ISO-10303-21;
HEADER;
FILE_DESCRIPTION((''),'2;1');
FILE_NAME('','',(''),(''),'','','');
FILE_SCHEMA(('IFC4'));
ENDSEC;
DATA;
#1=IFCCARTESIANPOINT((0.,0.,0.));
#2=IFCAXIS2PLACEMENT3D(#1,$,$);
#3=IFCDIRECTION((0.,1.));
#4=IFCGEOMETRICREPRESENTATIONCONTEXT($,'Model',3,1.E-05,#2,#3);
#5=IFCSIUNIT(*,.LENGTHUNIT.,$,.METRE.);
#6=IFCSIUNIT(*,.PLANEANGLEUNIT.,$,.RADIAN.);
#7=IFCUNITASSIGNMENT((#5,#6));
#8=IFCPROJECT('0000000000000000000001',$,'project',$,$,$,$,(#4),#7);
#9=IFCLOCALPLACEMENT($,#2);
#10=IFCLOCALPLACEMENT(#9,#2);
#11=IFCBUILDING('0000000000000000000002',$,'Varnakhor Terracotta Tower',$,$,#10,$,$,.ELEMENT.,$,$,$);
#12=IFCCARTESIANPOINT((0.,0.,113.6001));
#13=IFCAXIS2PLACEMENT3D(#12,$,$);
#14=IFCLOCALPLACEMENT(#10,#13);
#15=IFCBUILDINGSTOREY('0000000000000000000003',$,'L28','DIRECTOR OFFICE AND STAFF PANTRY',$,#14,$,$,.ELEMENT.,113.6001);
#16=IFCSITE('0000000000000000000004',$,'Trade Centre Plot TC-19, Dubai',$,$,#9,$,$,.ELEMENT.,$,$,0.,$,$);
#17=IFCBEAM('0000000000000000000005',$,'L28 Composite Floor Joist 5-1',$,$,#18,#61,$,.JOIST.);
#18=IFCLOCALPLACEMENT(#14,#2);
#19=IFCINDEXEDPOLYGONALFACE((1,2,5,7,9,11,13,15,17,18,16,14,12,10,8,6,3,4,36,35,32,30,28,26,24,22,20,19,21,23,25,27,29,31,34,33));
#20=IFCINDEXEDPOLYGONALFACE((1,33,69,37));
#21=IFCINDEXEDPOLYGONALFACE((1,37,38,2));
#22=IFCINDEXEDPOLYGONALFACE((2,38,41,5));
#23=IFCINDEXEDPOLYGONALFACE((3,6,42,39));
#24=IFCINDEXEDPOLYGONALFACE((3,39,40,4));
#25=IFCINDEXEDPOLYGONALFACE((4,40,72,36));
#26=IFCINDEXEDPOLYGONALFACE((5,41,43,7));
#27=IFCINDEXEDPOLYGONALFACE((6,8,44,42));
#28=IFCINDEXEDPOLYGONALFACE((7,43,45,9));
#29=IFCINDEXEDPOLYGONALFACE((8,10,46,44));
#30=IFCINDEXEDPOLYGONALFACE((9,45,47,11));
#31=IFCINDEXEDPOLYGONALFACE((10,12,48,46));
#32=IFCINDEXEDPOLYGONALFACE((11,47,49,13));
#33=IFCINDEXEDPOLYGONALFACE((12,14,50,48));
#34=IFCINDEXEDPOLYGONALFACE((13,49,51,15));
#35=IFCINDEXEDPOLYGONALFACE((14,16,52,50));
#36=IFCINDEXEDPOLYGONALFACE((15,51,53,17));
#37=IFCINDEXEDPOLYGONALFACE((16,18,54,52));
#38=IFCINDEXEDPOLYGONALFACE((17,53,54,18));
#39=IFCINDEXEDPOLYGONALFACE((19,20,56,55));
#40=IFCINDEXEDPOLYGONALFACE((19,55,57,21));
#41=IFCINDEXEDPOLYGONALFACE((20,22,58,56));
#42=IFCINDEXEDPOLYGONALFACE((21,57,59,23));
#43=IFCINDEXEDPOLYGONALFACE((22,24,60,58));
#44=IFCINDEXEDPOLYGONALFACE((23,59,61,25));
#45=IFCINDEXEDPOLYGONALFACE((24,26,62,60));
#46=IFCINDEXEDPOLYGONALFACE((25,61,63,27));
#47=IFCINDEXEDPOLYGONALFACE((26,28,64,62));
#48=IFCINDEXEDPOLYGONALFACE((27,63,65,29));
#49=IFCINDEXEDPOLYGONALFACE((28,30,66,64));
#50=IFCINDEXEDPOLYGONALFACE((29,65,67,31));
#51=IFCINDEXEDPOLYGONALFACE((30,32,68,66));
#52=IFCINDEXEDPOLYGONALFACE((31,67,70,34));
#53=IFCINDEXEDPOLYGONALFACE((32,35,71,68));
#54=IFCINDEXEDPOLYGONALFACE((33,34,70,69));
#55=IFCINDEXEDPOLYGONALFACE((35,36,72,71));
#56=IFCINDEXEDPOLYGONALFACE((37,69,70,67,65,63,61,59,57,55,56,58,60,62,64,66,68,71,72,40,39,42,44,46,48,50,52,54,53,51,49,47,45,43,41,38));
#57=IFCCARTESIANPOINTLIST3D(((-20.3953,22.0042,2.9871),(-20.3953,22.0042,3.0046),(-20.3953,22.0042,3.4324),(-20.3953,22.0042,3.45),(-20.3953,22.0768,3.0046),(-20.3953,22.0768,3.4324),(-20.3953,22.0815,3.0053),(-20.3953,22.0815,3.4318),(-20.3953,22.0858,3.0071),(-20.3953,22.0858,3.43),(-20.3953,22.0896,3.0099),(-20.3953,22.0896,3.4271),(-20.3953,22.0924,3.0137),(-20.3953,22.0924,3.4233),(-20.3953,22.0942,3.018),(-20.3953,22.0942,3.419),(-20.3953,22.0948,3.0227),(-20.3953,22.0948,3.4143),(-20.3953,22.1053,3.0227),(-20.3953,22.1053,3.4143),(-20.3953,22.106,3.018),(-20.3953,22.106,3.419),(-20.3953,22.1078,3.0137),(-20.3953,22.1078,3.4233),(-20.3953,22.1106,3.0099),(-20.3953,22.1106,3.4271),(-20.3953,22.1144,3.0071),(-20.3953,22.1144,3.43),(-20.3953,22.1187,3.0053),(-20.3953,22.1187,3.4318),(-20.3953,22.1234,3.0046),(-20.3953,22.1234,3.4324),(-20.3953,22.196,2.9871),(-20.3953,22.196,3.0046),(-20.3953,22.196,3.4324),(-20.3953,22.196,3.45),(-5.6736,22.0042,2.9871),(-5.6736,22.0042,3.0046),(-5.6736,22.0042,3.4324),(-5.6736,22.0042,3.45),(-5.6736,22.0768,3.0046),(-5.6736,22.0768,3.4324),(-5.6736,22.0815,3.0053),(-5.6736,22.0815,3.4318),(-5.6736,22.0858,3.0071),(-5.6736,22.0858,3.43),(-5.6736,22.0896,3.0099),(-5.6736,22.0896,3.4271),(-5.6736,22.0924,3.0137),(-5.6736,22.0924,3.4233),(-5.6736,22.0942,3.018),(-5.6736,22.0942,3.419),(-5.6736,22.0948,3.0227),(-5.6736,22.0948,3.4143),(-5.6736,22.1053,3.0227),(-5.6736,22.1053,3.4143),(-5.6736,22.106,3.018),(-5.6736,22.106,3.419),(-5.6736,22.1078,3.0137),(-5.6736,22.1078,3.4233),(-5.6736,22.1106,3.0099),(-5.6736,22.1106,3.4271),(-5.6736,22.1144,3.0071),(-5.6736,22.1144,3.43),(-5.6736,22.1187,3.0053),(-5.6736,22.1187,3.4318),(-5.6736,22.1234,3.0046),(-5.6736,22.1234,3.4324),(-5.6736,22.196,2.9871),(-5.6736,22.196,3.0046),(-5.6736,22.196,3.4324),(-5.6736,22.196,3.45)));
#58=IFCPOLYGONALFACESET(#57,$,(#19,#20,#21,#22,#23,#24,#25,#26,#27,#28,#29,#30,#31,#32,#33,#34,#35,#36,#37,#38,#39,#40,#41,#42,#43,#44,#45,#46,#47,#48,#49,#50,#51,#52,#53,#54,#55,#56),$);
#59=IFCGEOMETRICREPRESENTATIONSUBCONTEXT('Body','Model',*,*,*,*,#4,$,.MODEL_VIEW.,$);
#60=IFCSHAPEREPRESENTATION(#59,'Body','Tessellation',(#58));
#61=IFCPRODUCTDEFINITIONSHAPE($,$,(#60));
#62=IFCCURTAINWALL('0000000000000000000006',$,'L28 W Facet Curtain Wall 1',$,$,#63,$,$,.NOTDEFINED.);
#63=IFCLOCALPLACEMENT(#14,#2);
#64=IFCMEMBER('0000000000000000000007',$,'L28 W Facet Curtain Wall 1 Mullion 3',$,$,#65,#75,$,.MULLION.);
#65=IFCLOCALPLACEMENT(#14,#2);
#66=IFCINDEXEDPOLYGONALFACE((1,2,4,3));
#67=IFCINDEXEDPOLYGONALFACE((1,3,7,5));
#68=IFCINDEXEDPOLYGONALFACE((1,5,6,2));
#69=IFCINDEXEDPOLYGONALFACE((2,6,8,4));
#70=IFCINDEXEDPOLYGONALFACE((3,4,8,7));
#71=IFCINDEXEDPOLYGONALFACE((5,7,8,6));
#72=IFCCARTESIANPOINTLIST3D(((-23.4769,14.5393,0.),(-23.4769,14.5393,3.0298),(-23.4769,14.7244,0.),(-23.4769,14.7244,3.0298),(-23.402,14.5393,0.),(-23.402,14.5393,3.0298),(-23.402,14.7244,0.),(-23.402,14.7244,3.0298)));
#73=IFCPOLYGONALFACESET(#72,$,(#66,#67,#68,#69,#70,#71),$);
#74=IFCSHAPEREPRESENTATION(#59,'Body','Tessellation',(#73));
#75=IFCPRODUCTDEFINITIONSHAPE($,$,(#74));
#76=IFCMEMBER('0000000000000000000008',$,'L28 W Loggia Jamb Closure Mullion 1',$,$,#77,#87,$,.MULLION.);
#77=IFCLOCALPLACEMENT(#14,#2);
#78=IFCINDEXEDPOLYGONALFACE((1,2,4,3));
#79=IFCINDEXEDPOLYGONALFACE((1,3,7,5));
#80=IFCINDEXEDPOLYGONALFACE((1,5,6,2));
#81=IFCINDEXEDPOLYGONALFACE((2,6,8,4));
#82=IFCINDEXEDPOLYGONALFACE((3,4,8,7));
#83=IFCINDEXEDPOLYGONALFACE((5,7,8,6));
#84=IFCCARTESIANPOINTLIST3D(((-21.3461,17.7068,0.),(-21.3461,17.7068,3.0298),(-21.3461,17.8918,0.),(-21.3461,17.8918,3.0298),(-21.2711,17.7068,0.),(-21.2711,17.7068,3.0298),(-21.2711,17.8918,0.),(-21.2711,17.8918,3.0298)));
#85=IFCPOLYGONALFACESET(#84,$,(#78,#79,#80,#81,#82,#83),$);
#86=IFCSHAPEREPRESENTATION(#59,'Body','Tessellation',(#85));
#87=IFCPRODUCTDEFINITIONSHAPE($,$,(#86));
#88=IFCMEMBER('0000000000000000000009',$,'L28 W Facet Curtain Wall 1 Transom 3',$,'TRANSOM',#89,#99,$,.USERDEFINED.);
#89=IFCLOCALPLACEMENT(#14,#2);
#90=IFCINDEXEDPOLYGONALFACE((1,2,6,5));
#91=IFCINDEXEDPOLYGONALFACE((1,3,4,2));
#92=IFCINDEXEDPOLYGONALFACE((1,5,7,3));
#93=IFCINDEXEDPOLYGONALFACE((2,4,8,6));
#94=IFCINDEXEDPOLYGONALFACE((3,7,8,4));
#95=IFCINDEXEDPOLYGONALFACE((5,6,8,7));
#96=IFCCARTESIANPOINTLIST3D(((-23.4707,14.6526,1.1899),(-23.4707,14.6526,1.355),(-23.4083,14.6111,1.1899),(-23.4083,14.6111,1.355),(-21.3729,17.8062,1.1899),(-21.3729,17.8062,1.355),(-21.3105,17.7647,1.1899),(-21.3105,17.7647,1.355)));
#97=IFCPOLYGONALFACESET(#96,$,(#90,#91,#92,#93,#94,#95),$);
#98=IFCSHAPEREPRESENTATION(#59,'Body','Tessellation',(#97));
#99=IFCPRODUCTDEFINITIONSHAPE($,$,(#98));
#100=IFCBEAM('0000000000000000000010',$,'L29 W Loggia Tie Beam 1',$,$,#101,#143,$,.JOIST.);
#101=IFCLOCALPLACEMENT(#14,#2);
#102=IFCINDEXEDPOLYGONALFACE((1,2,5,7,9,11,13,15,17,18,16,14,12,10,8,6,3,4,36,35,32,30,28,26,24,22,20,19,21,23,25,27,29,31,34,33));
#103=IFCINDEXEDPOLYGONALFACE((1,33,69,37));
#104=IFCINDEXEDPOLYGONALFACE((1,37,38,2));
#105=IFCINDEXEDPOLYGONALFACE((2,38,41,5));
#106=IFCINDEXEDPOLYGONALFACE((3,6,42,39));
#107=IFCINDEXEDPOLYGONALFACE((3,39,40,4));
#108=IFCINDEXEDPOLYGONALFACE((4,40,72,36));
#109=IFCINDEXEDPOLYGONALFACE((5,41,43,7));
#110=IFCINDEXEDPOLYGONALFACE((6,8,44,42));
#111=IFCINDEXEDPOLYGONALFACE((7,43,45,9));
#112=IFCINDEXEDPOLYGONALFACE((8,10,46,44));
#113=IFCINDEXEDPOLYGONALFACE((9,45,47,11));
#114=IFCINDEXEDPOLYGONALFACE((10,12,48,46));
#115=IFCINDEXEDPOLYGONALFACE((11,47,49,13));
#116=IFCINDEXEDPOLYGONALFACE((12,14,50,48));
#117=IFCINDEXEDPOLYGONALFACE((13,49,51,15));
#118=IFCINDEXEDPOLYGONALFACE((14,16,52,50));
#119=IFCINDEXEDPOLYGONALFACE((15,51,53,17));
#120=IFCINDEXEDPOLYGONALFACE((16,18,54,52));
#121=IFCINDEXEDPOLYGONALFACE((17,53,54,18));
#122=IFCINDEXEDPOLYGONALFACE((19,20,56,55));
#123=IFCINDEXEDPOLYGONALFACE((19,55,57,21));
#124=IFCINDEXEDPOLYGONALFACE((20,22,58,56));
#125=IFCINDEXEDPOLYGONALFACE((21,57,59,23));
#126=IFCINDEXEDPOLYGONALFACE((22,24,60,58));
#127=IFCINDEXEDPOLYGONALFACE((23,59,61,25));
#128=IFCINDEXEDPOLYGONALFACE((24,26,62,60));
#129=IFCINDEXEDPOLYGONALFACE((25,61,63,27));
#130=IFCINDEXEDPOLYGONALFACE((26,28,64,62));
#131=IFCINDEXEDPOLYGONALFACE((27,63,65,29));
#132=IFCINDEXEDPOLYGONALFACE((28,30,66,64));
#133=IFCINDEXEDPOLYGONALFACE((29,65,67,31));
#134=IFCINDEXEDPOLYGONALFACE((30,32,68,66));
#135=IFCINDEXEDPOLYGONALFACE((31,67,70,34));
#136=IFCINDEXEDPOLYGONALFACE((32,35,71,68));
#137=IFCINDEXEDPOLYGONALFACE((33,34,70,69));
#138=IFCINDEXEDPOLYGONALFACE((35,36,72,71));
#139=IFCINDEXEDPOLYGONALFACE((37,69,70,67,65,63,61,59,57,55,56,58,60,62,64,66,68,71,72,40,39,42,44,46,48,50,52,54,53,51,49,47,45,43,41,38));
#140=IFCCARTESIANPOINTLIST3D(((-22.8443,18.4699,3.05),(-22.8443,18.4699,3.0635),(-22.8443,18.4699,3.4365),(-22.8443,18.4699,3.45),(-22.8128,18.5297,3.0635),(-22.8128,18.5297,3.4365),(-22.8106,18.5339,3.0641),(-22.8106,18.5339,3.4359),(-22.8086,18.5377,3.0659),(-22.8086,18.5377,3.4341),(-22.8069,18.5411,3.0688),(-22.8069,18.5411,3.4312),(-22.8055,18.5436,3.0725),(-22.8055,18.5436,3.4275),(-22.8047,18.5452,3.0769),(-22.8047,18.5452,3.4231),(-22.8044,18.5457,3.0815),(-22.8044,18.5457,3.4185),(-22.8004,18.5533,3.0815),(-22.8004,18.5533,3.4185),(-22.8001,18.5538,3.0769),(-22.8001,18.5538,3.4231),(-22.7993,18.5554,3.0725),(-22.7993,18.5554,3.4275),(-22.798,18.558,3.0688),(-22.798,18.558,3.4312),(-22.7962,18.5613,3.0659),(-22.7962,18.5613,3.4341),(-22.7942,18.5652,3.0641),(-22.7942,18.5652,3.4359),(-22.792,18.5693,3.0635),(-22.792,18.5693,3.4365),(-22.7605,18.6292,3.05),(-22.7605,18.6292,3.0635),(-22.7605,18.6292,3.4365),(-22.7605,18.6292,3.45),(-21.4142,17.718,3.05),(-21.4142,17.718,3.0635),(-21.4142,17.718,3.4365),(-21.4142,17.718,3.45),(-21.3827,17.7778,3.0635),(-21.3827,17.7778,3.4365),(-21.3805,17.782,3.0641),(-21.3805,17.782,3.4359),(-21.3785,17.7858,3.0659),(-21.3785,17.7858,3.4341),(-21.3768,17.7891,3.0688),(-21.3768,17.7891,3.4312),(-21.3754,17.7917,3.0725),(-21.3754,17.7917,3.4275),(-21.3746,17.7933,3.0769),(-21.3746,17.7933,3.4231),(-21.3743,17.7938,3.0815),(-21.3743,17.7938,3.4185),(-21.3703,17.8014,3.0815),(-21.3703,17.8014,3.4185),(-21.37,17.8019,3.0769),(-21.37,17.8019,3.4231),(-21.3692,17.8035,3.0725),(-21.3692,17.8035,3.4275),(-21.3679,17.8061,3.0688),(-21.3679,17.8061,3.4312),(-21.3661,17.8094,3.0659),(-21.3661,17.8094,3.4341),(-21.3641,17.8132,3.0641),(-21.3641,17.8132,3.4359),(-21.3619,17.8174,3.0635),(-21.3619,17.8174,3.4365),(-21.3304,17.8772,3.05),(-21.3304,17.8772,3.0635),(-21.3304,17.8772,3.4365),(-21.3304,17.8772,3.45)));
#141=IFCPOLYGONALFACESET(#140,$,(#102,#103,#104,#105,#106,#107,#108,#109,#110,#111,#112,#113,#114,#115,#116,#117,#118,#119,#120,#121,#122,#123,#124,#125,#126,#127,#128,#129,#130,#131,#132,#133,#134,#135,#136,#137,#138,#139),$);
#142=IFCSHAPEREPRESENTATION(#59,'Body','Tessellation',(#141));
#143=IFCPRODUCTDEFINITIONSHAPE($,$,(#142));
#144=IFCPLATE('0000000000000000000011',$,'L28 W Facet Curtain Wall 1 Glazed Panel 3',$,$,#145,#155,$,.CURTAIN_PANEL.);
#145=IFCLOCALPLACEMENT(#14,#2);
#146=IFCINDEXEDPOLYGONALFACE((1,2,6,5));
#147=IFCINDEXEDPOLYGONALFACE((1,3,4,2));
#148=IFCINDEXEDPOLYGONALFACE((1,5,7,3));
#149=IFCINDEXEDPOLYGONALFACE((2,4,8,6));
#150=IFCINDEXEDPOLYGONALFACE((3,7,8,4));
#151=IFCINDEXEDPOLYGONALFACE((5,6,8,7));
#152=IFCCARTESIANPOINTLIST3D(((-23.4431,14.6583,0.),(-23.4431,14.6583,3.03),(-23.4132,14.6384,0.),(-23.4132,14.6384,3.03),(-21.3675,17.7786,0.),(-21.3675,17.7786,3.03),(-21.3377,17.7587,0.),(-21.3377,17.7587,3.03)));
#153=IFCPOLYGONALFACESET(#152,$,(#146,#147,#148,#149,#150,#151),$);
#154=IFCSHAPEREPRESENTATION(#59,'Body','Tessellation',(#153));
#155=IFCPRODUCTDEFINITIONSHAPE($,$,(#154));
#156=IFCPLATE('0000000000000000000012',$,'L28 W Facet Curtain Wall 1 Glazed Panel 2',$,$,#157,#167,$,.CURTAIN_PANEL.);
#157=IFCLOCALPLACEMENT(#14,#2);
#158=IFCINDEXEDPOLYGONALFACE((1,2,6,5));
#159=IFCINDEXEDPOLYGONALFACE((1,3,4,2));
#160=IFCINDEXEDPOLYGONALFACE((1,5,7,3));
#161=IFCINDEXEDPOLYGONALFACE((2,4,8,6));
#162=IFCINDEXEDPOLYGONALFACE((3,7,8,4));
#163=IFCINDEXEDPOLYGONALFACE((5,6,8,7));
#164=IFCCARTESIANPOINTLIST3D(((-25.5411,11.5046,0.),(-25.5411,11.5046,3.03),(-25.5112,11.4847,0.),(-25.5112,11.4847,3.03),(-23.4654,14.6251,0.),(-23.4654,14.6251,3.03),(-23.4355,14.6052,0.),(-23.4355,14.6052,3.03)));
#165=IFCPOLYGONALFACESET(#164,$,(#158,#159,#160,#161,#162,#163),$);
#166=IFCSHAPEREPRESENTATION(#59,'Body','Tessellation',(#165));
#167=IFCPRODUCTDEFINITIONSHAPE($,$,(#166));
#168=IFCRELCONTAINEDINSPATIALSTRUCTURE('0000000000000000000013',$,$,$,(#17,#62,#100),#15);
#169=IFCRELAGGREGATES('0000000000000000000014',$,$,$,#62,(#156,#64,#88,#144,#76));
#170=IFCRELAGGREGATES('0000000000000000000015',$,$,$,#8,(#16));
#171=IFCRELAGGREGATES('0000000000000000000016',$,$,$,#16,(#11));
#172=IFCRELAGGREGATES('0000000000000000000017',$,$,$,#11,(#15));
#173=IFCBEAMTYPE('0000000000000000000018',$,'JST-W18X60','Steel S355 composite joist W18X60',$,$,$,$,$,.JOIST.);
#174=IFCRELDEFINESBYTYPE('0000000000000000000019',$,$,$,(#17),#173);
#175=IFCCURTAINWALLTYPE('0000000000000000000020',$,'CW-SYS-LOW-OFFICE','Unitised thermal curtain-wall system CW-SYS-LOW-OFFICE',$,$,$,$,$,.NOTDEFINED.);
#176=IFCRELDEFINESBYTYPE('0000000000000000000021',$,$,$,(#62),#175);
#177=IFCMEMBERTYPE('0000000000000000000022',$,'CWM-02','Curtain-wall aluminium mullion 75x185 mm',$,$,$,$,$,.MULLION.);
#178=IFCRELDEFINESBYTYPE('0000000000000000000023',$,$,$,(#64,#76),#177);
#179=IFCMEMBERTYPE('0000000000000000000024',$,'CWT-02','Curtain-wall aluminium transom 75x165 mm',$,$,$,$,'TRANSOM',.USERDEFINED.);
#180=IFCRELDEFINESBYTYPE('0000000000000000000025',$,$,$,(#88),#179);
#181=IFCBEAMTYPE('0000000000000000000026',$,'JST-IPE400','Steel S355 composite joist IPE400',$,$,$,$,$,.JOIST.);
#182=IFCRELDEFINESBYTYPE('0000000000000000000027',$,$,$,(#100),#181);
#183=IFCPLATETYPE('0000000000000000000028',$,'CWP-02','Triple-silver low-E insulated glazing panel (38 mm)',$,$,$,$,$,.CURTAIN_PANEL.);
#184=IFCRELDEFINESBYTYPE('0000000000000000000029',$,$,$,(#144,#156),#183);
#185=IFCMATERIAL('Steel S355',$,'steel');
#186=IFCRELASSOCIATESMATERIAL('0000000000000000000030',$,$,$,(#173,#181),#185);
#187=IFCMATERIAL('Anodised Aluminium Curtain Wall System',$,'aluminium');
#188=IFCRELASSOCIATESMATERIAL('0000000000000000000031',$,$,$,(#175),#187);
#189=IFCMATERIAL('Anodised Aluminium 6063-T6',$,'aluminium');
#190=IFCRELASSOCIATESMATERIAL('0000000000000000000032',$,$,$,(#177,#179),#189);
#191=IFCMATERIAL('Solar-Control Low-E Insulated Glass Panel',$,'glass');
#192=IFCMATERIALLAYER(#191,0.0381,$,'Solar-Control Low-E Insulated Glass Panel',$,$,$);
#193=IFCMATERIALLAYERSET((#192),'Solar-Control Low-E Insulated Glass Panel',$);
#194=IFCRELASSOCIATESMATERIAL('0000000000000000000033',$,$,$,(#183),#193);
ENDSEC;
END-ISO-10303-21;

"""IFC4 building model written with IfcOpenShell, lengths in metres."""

from ifc_helpers import new_model, si_unit, direction, frame, origin, origin_2d, place, context, subcontext, project, spatial, rectangle, i_section, extrude, source, transform, mapped, material, layer, layer_set, material_profile, profile_set, type_object, element, aggregate, save


model = new_model("IFC4")

# Units and contexts
model_context = context("Model", 3, precision=1e-05, world=origin(), true_north=direction((0.0, 1.0)))
body_context = subcontext(model_context, "Body", "Model", "MODEL_VIEW")
ifc_project = project(units=[si_unit("LENGTHUNIT", "METRE"), si_unit("PLANEANGLEUNIT", "RADIAN")], contexts=[model_context])

# Site, building, storey
site_placement = place(None, origin())
site = spatial("IfcSite", under=ifc_project, at=site_placement, Name="Trade Centre Plot TC-19, Dubai", CompositionType="ELEMENT", RefElevation=0.0)
building_placement = place(site_placement, origin())
building = spatial("IfcBuilding", under=site, at=building_placement, Name="Varnakhor Terracotta Tower", CompositionType="ELEMENT")
storey_placement = place(building_placement, frame((0.0, 0.0, 113.6001)))
storey = spatial("IfcBuildingStorey", under=building, at=storey_placement, Name="L28", Description="DIRECTOR OFFICE AND STAFF PANTRY", CompositionType="ELEMENT", Elevation=113.6001)

# Beam
ifc_material_1 = material(Name="Steel S355", Category="steel")
ifc_material_profile_1 = material_profile(ifc_material_1, i_section(OverallWidth=0.1919, OverallDepth=0.4629, WebThickness=0.0105, FlangeThickness=0.0176, FilletRadius=0.0181, at=origin_2d()), Name="W18X60")
ifc_profile_set_1 = profile_set([ifc_material_profile_1], Name="Steel S355")
beam_type_1 = type_object("IfcBeamType", Name="JST-W18X60", Description="Steel S355 composite joist W18X60", PredefinedType="JOIST", material=ifc_profile_set_1)
shared_shape_1 = source(origin(), body_context, "Body", "SweptSolid", [
    extrude(i_section(OverallWidth=0.1919, OverallDepth=0.4629, WebThickness=0.0105, FlangeThickness=0.0176, FilletRadius=0.0181, at=origin_2d()), origin(), (0.0, 0.0, 1.0), 14.7217),
])
beam_1_placement = place(storey_placement, frame((-20.3953, 22.1001, 3.2185), z_axis=(1.0, 0.0, 0.0), x_axis=(0.0, 1.0, 0.0)))
element("IfcBeam", 1, at=beam_1_placement, inside=storey, type_object=beam_type_1, Name="L28 Composite Floor Joist 5-1", PredefinedType="JOIST", context=body_context, shape_type="MappedRepresentation", body=[
    mapped(shared_shape_1, transform((0.0, 0.0, 0.0), scale=1.0)),
])

# Curtain wall, members
ifc_material_2 = material(Name="Anodised Aluminium Curtain Wall System", Category="aluminium")
curtain_wall_type = type_object("IfcCurtainWallType", Name="CW-SYS-LOW-OFFICE", Description="Unitised thermal curtain-wall system CW-SYS-LOW-OFFICE", PredefinedType="NOTDEFINED", material=ifc_material_2)
curtain_wall_placement = place(storey_placement, origin())
curtain_wall = element("IfcCurtainWall", 2, at=curtain_wall_placement, inside=storey, type_object=curtain_wall_type, Name="L28 W Facet Curtain Wall 1", PredefinedType="NOTDEFINED")
ifc_material_3 = material(Name="Anodised Aluminium 6063-T6", Category="aluminium")
ifc_material_profile_2 = material_profile(ifc_material_3, rectangle(XDim=0.075, YDim=0.1851, at=origin_2d()), Name="ALU MULLION 75x185")
ifc_profile_set_2 = profile_set([ifc_material_profile_2], Name="Anodised Aluminium 6063-T6")
member_type_1 = type_object("IfcMemberType", Name="CWM-02", Description="Curtain-wall aluminium mullion 75x185 mm", PredefinedType="MULLION", material=ifc_profile_set_2)
shared_shape_2 = source(origin(), body_context, "Body", "SweptSolid", [
    extrude(rectangle(XDim=0.075, YDim=0.1851, at=origin_2d()), origin(), (0.0, 0.0, 1.0), 3.0298),
])
member_1_placement = place(storey_placement, frame((-23.4395, 14.6318, 0.0), z_axis=(0.0, 0.0, 1.0), x_axis=(1.0, 0.0, 0.0)))
member_1 = element("IfcMember", 3, at=member_1_placement, type_object=member_type_1, Name="L28 W Facet Curtain Wall 1 Mullion 3", PredefinedType="MULLION", context=body_context, shape_type="MappedRepresentation", body=[
    mapped(shared_shape_2, transform((0.0, 0.0, 0.0), scale=1.0)),
])
member_2_placement = place(storey_placement, frame((-21.3086, 17.7993, 0.0), z_axis=(0.0, 0.0, 1.0), x_axis=(1.0, 0.0, 0.0)))
member_2 = element("IfcMember", 4, at=member_2_placement, type_object=member_type_1, Name="L28 W Loggia Jamb Closure Mullion 1", PredefinedType="MULLION", context=body_context, shape_type="MappedRepresentation", body=[
    mapped(shared_shape_2, transform((0.0, 0.0, 0.0), scale=1.0)),
])
ifc_material_profile_3 = material_profile(ifc_material_3, rectangle(XDim=0.075, YDim=0.165, at=origin_2d()), Name="ALU TRANSOM 75x165")
ifc_profile_set_3 = profile_set([ifc_material_profile_3], Name="Anodised Aluminium 6063-T6")
member_type_2 = type_object("IfcMemberType", Name="CWT-02", Description="Curtain-wall aluminium transom 75x165 mm", ElementType="TRANSOM", PredefinedType="USERDEFINED", material=ifc_profile_set_3)
shared_shape_3 = source(origin(), body_context, "Body", "SweptSolid", [
    extrude(rectangle(XDim=0.075, YDim=0.165, at=origin_2d()), origin(), (0.0, 0.0, 1.0), 3.7876),
])
member_3_placement = place(storey_placement, frame((-23.4395, 14.6318, 1.2725), z_axis=(0.553837, 0.832625, 0.0), x_axis=(-0.832625, 0.553837, 0.0)))
member_3 = element("IfcMember", 5, at=member_3_placement, type_object=member_type_2, Name="L28 W Facet Curtain Wall 1 Transom 3", ObjectType="TRANSOM", PredefinedType="USERDEFINED", context=body_context, shape_type="MappedRepresentation", body=[
    mapped(shared_shape_3, transform((0.0, 0.0, 0.0), scale=1.0)),
])

# Beam
ifc_material_profile_4 = material_profile(ifc_material_1, i_section(OverallWidth=0.1799, OverallDepth=0.3999, WebThickness=0.0085, FlangeThickness=0.0134, FilletRadius=0.0181, at=origin_2d()), Name="IPE400")
ifc_profile_set_4 = profile_set([ifc_material_profile_4], Name="Steel S355")
beam_type_2 = type_object("IfcBeamType", Name="JST-IPE400", Description="Steel S355 composite joist IPE400", PredefinedType="JOIST", material=ifc_profile_set_4)
shared_shape_4 = source(origin(), body_context, "Body", "SweptSolid", [
    extrude(i_section(OverallWidth=0.1799, OverallDepth=0.3999, WebThickness=0.0085, FlangeThickness=0.0134, FilletRadius=0.0181, at=origin_2d()), origin(), (0.0, 0.0, 1.0), 1.6157),
])
beam_2_placement = place(storey_placement, frame((-21.3723, 17.7976, 3.25), z_axis=(-0.885115, 0.465373, 0.0), x_axis=(-0.465373, -0.885115, 0.0)))
element("IfcBeam", 6, at=beam_2_placement, inside=storey, type_object=beam_type_2, Name="L29 W Loggia Tie Beam 1", PredefinedType="JOIST", context=body_context, shape_type="MappedRepresentation", body=[
    mapped(shared_shape_4, transform((0.0, 0.0, 0.0), scale=1.0)),
])

# Plates
ifc_material_4 = material(Name="Solar-Control Low-E Insulated Glass Panel", Category="glass")
ifc_layer_1 = layer(ifc_material_4, 0.0381, Name="Solar-Control Low-E Insulated Glass Panel")
ifc_layer_set_1 = layer_set([ifc_layer_1], Name="Solar-Control Low-E Insulated Glass Panel")
plate_type = type_object("IfcPlateType", Name="CWP-02", Description="Triple-silver low-E insulated glazing panel (38 mm)", PredefinedType="CURTAIN_PANEL", material=ifc_layer_set_1)
shared_shape_5 = source(origin(), body_context, "Body", "SweptSolid", [
    extrude(rectangle(XDim=3.7476, YDim=0.0359, at=origin_2d()), origin(), (0.0, 0.0, 1.0), 3.03),
])
plate_1_placement = place(storey_placement, frame((-22.3904, 16.2085, 0.0), z_axis=(0.0, 0.0, 1.0), x_axis=(0.553842, 0.832622, 0.0)))
plate_1 = element("IfcPlate", 7, at=plate_1_placement, type_object=plate_type, Name="L28 W Facet Curtain Wall 1 Glazed Panel 3", PredefinedType="CURTAIN_PANEL", context=body_context, shape_type="MappedRepresentation", body=[
    mapped(shared_shape_5, transform((0.0, 0.0, 0.0), scale=1.0)),
])
shared_shape_6 = source(origin(), body_context, "Body", "SweptSolid", [
    extrude(rectangle(XDim=3.7478, YDim=0.0359, at=origin_2d()), origin(), (0.0, 0.0, 1.0), 3.03),
])
plate_2_placement = place(storey_placement, frame((-24.4883, 13.0549, 0.0), z_axis=(0.0, 0.0, 1.0), x_axis=(0.553842, 0.832622, 0.0)))
plate_2 = element("IfcPlate", 8, at=plate_2_placement, type_object=plate_type, Name="L28 W Facet Curtain Wall 1 Glazed Panel 2", PredefinedType="CURTAIN_PANEL", context=body_context, shape_type="MappedRepresentation", body=[
    mapped(shared_shape_6, transform((0.0, 0.0, 0.0), scale=1.0)),
])
aggregate(curtain_wall, [plate_2, member_1, member_3, plate_1, member_2])

save(model, "model.ifc")
